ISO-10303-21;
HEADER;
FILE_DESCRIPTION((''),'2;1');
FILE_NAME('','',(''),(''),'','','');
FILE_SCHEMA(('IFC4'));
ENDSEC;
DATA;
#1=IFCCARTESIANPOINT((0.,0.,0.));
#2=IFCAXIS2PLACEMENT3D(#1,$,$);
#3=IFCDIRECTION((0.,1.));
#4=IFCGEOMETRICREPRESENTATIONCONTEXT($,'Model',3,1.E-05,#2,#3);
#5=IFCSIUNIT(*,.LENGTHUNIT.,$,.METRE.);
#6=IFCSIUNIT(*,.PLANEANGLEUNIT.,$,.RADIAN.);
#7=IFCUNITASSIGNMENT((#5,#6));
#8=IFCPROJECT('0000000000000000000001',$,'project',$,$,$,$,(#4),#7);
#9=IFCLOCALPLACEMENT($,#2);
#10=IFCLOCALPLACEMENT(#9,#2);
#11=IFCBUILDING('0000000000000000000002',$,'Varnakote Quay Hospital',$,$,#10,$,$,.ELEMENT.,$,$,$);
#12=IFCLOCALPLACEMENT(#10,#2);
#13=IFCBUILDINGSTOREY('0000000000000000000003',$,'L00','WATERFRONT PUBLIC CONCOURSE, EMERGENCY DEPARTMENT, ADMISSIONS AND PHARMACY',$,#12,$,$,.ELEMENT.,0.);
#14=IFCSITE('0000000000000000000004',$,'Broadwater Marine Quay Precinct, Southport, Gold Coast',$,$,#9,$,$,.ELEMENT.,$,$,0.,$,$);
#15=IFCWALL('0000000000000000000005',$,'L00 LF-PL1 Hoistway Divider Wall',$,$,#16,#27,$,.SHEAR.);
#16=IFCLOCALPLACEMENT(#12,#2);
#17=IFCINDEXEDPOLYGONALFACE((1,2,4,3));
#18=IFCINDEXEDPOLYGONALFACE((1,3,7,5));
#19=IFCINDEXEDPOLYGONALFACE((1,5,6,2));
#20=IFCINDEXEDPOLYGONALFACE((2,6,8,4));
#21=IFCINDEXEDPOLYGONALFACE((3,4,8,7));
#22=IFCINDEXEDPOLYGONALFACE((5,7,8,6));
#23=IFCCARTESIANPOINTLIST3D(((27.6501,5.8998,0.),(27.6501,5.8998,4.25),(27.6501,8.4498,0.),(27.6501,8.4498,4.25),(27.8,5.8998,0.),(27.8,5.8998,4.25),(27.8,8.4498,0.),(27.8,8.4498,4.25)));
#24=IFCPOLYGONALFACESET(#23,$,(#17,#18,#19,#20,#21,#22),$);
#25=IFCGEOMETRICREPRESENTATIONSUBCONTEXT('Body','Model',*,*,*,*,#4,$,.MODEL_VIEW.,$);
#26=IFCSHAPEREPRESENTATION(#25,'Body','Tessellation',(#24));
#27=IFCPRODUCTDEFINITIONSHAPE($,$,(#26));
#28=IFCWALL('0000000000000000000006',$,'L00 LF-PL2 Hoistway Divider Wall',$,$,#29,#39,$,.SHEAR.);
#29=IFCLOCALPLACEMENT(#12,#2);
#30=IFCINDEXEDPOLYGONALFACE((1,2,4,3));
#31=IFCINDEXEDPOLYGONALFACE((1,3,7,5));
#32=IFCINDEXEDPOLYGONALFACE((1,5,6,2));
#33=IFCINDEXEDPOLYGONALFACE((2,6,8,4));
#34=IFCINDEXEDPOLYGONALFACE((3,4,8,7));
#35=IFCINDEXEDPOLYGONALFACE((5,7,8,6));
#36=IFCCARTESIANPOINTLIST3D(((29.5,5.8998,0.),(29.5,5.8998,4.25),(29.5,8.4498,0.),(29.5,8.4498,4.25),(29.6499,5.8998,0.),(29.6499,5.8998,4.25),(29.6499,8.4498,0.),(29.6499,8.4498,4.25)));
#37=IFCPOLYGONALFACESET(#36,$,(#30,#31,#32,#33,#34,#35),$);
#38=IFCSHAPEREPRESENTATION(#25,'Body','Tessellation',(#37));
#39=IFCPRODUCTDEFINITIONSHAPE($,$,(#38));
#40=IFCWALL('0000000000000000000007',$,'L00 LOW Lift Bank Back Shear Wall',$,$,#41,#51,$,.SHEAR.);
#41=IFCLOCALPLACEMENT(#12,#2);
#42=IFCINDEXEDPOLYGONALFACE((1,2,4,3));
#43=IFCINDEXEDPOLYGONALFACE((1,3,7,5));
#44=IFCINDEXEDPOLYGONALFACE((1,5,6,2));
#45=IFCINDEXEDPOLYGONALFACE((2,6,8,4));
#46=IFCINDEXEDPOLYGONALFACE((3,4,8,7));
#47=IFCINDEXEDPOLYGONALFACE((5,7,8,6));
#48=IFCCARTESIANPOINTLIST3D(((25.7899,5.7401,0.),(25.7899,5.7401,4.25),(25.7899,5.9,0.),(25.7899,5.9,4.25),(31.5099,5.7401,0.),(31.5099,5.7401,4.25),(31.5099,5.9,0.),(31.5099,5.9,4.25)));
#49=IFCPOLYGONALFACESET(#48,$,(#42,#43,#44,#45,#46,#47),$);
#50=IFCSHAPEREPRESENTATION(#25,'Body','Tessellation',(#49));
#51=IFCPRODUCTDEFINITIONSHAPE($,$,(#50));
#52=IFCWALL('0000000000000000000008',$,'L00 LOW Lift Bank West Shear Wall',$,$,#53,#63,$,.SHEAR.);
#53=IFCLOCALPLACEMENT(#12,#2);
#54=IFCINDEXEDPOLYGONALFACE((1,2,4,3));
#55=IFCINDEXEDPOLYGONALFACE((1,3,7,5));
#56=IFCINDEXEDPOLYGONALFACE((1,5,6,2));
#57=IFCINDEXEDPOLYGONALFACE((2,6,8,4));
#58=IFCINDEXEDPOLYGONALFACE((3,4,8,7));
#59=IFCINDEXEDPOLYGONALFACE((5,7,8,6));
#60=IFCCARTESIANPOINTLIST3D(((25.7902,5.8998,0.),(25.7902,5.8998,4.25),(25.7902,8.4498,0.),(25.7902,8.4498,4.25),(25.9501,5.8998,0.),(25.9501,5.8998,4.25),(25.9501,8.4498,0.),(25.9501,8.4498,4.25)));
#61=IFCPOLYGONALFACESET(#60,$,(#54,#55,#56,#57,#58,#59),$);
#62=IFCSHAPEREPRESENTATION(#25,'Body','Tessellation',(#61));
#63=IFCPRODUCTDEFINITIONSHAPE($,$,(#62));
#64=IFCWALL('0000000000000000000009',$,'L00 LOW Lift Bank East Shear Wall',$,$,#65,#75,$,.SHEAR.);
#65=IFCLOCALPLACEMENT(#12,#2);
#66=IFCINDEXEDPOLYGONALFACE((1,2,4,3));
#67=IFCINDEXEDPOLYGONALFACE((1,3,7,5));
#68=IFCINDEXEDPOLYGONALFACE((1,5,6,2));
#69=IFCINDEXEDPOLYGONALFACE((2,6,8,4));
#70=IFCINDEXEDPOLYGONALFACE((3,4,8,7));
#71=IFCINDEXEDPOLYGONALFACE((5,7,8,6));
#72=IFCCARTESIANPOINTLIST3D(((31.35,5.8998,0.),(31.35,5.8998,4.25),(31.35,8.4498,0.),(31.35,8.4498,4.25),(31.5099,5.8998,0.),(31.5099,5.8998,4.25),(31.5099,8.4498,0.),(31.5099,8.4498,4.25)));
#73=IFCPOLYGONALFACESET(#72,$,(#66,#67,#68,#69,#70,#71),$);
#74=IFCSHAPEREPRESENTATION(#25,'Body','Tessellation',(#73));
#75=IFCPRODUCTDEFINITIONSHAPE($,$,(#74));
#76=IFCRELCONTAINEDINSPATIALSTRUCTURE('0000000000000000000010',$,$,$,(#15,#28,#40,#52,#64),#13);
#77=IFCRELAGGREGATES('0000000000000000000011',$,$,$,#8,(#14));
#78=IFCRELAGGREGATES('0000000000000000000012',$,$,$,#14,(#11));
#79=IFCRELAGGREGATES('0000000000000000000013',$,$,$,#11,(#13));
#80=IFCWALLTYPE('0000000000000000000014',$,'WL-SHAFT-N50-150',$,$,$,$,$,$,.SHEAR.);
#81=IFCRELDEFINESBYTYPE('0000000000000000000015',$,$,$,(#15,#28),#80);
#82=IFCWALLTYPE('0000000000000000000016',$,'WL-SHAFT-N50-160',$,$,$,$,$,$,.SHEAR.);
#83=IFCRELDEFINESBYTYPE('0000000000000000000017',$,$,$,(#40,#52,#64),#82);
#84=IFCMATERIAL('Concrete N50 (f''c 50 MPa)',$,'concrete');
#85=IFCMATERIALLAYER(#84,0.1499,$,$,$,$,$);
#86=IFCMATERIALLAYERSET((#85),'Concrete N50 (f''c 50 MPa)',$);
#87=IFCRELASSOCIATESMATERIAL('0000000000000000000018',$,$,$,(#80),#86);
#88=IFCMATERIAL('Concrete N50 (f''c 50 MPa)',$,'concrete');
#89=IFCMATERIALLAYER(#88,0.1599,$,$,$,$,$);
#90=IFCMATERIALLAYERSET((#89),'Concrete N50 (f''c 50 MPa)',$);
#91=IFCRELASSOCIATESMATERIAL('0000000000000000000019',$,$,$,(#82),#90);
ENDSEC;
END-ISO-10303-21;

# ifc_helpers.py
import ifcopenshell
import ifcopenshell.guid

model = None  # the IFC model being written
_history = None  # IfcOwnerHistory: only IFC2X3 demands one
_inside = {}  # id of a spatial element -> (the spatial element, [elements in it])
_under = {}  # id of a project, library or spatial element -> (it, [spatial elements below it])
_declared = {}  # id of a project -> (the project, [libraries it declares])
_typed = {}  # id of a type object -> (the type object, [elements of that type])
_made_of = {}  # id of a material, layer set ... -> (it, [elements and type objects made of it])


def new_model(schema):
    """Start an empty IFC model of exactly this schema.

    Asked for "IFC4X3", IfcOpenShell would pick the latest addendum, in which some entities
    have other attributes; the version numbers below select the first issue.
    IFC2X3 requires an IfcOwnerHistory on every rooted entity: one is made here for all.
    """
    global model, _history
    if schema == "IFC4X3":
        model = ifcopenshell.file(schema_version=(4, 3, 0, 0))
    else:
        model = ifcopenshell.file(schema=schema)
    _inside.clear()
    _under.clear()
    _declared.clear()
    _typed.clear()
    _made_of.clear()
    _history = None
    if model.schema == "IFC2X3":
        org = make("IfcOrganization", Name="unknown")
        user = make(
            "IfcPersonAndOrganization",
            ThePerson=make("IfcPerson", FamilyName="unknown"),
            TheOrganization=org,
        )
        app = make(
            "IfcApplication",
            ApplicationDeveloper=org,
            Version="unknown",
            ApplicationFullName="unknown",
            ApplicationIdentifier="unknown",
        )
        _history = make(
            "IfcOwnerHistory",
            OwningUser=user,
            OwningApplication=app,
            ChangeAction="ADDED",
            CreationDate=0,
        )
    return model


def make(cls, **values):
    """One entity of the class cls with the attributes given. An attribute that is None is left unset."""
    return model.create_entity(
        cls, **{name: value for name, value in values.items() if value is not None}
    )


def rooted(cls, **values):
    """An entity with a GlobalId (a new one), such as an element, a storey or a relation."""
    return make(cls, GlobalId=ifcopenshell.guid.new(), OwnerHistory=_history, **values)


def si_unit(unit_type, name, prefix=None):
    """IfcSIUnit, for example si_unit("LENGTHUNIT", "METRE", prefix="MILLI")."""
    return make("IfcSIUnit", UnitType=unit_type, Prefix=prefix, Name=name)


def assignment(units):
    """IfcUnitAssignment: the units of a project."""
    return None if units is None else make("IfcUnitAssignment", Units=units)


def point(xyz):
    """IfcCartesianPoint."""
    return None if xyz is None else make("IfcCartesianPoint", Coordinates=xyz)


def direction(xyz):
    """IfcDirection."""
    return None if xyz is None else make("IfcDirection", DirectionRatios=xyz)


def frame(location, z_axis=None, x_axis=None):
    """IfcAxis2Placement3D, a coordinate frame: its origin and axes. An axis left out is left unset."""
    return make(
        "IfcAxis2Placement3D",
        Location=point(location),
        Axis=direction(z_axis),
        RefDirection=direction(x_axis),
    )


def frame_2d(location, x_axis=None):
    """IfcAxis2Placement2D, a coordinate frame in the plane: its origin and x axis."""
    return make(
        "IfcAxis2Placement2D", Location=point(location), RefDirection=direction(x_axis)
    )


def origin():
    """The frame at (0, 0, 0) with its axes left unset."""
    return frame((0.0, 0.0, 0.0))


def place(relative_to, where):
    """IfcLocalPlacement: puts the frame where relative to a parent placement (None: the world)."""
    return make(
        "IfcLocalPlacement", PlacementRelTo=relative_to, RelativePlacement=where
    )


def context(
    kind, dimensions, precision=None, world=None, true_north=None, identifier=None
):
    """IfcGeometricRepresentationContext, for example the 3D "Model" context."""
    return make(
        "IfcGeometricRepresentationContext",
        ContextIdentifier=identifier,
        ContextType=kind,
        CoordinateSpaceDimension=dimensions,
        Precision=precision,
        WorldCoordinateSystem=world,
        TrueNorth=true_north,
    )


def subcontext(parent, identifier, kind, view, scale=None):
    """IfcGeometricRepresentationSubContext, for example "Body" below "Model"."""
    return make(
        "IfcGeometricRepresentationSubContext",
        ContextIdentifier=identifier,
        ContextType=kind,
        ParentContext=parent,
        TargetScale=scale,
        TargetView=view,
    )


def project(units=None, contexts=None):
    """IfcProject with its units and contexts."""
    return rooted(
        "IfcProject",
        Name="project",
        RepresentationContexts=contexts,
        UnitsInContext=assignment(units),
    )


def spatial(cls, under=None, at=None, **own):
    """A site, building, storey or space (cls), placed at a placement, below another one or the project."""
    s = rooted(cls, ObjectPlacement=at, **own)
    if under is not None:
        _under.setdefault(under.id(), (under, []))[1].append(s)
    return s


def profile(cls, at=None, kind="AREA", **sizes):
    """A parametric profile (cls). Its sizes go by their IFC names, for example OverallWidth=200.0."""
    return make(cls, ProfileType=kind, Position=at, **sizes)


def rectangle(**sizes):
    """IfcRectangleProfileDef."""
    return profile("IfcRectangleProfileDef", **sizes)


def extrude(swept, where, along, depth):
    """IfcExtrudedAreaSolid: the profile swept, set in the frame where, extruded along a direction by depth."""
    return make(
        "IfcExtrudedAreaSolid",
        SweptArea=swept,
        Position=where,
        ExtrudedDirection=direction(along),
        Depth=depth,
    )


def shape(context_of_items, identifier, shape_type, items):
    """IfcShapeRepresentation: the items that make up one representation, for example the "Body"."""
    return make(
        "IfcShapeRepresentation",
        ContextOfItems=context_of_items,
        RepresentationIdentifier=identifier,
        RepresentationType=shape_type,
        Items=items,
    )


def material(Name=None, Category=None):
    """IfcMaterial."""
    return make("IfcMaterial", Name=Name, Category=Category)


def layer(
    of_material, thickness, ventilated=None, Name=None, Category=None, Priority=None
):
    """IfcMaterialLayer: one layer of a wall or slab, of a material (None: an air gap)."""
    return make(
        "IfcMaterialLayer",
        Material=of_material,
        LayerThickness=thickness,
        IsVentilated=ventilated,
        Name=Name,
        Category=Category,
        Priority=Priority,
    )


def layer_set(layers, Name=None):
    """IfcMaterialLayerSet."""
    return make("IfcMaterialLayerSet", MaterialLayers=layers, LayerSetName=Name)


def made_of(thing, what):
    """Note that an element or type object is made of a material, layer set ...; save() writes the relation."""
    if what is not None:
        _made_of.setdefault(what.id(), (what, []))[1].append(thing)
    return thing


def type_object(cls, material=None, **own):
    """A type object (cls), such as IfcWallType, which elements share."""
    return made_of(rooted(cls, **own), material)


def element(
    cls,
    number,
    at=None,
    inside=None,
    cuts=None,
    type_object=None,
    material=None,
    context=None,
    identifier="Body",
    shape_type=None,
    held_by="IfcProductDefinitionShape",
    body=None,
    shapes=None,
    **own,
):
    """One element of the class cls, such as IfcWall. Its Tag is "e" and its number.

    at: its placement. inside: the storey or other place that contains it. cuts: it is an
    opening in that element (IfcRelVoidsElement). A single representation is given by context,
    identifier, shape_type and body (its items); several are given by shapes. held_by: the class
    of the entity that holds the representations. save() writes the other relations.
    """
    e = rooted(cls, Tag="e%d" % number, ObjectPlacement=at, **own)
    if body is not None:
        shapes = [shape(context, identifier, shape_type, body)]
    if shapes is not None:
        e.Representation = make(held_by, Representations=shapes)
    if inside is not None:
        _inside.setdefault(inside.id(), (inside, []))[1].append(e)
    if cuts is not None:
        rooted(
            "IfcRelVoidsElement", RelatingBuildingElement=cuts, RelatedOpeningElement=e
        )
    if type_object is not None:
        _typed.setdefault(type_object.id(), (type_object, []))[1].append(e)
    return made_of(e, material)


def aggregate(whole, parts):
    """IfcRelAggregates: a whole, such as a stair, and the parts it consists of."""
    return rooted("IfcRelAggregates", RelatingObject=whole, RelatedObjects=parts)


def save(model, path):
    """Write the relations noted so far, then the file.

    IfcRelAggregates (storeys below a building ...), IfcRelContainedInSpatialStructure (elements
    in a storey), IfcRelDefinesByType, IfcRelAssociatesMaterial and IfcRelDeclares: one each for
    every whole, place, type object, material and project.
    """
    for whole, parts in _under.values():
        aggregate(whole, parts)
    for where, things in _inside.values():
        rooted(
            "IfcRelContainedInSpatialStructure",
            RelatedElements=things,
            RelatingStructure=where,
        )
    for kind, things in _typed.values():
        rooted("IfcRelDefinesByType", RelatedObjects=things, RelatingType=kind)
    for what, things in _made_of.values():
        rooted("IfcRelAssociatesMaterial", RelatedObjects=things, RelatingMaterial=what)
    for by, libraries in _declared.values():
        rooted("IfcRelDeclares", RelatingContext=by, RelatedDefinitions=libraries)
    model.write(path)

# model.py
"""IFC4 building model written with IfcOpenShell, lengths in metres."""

from ifc_helpers import new_model, si_unit, direction, frame, frame_2d, origin, place, context, subcontext, project, spatial, rectangle, extrude, material, layer, layer_set, type_object, element, save


model = new_model("IFC4")

# Units and contexts
model_context = context("Model", 3, precision=1e-05, world=origin(), true_north=direction((0.0, 1.0)))
body_context = subcontext(model_context, "Body", "Model", "MODEL_VIEW")
ifc_project = project(units=[si_unit("LENGTHUNIT", "METRE"), si_unit("PLANEANGLEUNIT", "RADIAN")], contexts=[model_context])

# Site, building, storey
site_placement = place(None, origin())
site = spatial("IfcSite", under=ifc_project, at=site_placement, Name="Broadwater Marine Quay Precinct, Southport, Gold Coast", CompositionType="ELEMENT", RefElevation=0.0)
building_placement = place(site_placement, origin())
building = spatial("IfcBuilding", under=site, at=building_placement, Name="Varnakote Quay Hospital", CompositionType="ELEMENT")
storey_placement = place(building_placement, origin())
storey = spatial("IfcBuildingStorey", under=building, at=storey_placement, Name="L00", Description="WATERFRONT PUBLIC CONCOURSE, EMERGENCY DEPARTMENT, ADMISSIONS AND PHARMACY", CompositionType="ELEMENT", Elevation=0.0)

# Walls
ifc_material_1 = material(Name="Concrete N50 (f'c 50 MPa)", Category="concrete")
ifc_layer_1 = layer(ifc_material_1, 0.1499)
ifc_layer_set_1 = layer_set([ifc_layer_1], Name="Concrete N50 (f'c 50 MPa)")
wall_type_1 = type_object("IfcWallType", Name="WL-SHAFT-N50-150", PredefinedType="SHEAR", material=ifc_layer_set_1)
for number, where, z_axis, x_axis, name in (
    (1, (27.7251, 5.8999, 0.0), (0.0, 0.0, 1.0), (0.0, 1.0, 0.0), "L00 LF-PL1 Hoistway Divider Wall"),
    (2, (29.575, 5.8999, 0.0), (0.0, 0.0, 1.0), (0.0, 1.0, 0.0), "L00 LF-PL2 Hoistway Divider Wall"),
):
    element("IfcWall", number, at=place(storey_placement, frame(where, z_axis=z_axis, x_axis=x_axis)), inside=storey, type_object=wall_type_1, Name=name, PredefinedType="SHEAR", context=body_context, shape_type="SweptSolid", body=[
        extrude(rectangle(XDim=2.55, YDim=0.1499, at=frame_2d((1.2749, 0.0))), origin(), (0.0, 0.0, 1.0), 4.25),
    ])
ifc_material_2 = material(Name="Concrete N50 (f'c 50 MPa)", Category="concrete")
ifc_layer_2 = layer(ifc_material_2, 0.1599)
ifc_layer_set_2 = layer_set([ifc_layer_2], Name="Concrete N50 (f'c 50 MPa)")
wall_type_2 = type_object("IfcWallType", Name="WL-SHAFT-N50-160", PredefinedType="SHEAR", material=ifc_layer_set_2)
wall_1_placement = place(storey_placement, frame((25.79, 5.8201, 0.0), z_axis=(0.0, 0.0, 1.0), x_axis=(1.0, 0.0, 0.0)))
element("IfcWall", 3, at=wall_1_placement, inside=storey, type_object=wall_type_2, Name="L00 LOW Lift Bank Back Shear Wall", PredefinedType="SHEAR", context=body_context, shape_type="SweptSolid", body=[
    extrude(rectangle(XDim=5.72, YDim=0.1599, at=frame_2d((2.8599, 0.0))), origin(), (0.0, 0.0, 1.0), 4.25),
])
for number, where, z_axis, x_axis, name in (
    (4, (25.8701, 5.8999, 0.0), (0.0, 0.0, 1.0), (0.0, 1.0, 0.0), "L00 LOW Lift Bank West Shear Wall"),
    (5, (31.4299, 5.8999, 0.0), (0.0, 0.0, 1.0), (0.0, 1.0, 0.0), "L00 LOW Lift Bank East Shear Wall"),
):
    element("IfcWall", number, at=place(storey_placement, frame(where, z_axis=z_axis, x_axis=x_axis)), inside=storey, type_object=wall_type_2, Name=name, PredefinedType="SHEAR", context=body_context, shape_type="SweptSolid", body=[
        extrude(rectangle(XDim=2.55, YDim=0.1599, at=frame_2d((1.2749, 0.0))), origin(), (0.0, 0.0, 1.0), 4.25),
    ])

save(model, "model.ifc")
